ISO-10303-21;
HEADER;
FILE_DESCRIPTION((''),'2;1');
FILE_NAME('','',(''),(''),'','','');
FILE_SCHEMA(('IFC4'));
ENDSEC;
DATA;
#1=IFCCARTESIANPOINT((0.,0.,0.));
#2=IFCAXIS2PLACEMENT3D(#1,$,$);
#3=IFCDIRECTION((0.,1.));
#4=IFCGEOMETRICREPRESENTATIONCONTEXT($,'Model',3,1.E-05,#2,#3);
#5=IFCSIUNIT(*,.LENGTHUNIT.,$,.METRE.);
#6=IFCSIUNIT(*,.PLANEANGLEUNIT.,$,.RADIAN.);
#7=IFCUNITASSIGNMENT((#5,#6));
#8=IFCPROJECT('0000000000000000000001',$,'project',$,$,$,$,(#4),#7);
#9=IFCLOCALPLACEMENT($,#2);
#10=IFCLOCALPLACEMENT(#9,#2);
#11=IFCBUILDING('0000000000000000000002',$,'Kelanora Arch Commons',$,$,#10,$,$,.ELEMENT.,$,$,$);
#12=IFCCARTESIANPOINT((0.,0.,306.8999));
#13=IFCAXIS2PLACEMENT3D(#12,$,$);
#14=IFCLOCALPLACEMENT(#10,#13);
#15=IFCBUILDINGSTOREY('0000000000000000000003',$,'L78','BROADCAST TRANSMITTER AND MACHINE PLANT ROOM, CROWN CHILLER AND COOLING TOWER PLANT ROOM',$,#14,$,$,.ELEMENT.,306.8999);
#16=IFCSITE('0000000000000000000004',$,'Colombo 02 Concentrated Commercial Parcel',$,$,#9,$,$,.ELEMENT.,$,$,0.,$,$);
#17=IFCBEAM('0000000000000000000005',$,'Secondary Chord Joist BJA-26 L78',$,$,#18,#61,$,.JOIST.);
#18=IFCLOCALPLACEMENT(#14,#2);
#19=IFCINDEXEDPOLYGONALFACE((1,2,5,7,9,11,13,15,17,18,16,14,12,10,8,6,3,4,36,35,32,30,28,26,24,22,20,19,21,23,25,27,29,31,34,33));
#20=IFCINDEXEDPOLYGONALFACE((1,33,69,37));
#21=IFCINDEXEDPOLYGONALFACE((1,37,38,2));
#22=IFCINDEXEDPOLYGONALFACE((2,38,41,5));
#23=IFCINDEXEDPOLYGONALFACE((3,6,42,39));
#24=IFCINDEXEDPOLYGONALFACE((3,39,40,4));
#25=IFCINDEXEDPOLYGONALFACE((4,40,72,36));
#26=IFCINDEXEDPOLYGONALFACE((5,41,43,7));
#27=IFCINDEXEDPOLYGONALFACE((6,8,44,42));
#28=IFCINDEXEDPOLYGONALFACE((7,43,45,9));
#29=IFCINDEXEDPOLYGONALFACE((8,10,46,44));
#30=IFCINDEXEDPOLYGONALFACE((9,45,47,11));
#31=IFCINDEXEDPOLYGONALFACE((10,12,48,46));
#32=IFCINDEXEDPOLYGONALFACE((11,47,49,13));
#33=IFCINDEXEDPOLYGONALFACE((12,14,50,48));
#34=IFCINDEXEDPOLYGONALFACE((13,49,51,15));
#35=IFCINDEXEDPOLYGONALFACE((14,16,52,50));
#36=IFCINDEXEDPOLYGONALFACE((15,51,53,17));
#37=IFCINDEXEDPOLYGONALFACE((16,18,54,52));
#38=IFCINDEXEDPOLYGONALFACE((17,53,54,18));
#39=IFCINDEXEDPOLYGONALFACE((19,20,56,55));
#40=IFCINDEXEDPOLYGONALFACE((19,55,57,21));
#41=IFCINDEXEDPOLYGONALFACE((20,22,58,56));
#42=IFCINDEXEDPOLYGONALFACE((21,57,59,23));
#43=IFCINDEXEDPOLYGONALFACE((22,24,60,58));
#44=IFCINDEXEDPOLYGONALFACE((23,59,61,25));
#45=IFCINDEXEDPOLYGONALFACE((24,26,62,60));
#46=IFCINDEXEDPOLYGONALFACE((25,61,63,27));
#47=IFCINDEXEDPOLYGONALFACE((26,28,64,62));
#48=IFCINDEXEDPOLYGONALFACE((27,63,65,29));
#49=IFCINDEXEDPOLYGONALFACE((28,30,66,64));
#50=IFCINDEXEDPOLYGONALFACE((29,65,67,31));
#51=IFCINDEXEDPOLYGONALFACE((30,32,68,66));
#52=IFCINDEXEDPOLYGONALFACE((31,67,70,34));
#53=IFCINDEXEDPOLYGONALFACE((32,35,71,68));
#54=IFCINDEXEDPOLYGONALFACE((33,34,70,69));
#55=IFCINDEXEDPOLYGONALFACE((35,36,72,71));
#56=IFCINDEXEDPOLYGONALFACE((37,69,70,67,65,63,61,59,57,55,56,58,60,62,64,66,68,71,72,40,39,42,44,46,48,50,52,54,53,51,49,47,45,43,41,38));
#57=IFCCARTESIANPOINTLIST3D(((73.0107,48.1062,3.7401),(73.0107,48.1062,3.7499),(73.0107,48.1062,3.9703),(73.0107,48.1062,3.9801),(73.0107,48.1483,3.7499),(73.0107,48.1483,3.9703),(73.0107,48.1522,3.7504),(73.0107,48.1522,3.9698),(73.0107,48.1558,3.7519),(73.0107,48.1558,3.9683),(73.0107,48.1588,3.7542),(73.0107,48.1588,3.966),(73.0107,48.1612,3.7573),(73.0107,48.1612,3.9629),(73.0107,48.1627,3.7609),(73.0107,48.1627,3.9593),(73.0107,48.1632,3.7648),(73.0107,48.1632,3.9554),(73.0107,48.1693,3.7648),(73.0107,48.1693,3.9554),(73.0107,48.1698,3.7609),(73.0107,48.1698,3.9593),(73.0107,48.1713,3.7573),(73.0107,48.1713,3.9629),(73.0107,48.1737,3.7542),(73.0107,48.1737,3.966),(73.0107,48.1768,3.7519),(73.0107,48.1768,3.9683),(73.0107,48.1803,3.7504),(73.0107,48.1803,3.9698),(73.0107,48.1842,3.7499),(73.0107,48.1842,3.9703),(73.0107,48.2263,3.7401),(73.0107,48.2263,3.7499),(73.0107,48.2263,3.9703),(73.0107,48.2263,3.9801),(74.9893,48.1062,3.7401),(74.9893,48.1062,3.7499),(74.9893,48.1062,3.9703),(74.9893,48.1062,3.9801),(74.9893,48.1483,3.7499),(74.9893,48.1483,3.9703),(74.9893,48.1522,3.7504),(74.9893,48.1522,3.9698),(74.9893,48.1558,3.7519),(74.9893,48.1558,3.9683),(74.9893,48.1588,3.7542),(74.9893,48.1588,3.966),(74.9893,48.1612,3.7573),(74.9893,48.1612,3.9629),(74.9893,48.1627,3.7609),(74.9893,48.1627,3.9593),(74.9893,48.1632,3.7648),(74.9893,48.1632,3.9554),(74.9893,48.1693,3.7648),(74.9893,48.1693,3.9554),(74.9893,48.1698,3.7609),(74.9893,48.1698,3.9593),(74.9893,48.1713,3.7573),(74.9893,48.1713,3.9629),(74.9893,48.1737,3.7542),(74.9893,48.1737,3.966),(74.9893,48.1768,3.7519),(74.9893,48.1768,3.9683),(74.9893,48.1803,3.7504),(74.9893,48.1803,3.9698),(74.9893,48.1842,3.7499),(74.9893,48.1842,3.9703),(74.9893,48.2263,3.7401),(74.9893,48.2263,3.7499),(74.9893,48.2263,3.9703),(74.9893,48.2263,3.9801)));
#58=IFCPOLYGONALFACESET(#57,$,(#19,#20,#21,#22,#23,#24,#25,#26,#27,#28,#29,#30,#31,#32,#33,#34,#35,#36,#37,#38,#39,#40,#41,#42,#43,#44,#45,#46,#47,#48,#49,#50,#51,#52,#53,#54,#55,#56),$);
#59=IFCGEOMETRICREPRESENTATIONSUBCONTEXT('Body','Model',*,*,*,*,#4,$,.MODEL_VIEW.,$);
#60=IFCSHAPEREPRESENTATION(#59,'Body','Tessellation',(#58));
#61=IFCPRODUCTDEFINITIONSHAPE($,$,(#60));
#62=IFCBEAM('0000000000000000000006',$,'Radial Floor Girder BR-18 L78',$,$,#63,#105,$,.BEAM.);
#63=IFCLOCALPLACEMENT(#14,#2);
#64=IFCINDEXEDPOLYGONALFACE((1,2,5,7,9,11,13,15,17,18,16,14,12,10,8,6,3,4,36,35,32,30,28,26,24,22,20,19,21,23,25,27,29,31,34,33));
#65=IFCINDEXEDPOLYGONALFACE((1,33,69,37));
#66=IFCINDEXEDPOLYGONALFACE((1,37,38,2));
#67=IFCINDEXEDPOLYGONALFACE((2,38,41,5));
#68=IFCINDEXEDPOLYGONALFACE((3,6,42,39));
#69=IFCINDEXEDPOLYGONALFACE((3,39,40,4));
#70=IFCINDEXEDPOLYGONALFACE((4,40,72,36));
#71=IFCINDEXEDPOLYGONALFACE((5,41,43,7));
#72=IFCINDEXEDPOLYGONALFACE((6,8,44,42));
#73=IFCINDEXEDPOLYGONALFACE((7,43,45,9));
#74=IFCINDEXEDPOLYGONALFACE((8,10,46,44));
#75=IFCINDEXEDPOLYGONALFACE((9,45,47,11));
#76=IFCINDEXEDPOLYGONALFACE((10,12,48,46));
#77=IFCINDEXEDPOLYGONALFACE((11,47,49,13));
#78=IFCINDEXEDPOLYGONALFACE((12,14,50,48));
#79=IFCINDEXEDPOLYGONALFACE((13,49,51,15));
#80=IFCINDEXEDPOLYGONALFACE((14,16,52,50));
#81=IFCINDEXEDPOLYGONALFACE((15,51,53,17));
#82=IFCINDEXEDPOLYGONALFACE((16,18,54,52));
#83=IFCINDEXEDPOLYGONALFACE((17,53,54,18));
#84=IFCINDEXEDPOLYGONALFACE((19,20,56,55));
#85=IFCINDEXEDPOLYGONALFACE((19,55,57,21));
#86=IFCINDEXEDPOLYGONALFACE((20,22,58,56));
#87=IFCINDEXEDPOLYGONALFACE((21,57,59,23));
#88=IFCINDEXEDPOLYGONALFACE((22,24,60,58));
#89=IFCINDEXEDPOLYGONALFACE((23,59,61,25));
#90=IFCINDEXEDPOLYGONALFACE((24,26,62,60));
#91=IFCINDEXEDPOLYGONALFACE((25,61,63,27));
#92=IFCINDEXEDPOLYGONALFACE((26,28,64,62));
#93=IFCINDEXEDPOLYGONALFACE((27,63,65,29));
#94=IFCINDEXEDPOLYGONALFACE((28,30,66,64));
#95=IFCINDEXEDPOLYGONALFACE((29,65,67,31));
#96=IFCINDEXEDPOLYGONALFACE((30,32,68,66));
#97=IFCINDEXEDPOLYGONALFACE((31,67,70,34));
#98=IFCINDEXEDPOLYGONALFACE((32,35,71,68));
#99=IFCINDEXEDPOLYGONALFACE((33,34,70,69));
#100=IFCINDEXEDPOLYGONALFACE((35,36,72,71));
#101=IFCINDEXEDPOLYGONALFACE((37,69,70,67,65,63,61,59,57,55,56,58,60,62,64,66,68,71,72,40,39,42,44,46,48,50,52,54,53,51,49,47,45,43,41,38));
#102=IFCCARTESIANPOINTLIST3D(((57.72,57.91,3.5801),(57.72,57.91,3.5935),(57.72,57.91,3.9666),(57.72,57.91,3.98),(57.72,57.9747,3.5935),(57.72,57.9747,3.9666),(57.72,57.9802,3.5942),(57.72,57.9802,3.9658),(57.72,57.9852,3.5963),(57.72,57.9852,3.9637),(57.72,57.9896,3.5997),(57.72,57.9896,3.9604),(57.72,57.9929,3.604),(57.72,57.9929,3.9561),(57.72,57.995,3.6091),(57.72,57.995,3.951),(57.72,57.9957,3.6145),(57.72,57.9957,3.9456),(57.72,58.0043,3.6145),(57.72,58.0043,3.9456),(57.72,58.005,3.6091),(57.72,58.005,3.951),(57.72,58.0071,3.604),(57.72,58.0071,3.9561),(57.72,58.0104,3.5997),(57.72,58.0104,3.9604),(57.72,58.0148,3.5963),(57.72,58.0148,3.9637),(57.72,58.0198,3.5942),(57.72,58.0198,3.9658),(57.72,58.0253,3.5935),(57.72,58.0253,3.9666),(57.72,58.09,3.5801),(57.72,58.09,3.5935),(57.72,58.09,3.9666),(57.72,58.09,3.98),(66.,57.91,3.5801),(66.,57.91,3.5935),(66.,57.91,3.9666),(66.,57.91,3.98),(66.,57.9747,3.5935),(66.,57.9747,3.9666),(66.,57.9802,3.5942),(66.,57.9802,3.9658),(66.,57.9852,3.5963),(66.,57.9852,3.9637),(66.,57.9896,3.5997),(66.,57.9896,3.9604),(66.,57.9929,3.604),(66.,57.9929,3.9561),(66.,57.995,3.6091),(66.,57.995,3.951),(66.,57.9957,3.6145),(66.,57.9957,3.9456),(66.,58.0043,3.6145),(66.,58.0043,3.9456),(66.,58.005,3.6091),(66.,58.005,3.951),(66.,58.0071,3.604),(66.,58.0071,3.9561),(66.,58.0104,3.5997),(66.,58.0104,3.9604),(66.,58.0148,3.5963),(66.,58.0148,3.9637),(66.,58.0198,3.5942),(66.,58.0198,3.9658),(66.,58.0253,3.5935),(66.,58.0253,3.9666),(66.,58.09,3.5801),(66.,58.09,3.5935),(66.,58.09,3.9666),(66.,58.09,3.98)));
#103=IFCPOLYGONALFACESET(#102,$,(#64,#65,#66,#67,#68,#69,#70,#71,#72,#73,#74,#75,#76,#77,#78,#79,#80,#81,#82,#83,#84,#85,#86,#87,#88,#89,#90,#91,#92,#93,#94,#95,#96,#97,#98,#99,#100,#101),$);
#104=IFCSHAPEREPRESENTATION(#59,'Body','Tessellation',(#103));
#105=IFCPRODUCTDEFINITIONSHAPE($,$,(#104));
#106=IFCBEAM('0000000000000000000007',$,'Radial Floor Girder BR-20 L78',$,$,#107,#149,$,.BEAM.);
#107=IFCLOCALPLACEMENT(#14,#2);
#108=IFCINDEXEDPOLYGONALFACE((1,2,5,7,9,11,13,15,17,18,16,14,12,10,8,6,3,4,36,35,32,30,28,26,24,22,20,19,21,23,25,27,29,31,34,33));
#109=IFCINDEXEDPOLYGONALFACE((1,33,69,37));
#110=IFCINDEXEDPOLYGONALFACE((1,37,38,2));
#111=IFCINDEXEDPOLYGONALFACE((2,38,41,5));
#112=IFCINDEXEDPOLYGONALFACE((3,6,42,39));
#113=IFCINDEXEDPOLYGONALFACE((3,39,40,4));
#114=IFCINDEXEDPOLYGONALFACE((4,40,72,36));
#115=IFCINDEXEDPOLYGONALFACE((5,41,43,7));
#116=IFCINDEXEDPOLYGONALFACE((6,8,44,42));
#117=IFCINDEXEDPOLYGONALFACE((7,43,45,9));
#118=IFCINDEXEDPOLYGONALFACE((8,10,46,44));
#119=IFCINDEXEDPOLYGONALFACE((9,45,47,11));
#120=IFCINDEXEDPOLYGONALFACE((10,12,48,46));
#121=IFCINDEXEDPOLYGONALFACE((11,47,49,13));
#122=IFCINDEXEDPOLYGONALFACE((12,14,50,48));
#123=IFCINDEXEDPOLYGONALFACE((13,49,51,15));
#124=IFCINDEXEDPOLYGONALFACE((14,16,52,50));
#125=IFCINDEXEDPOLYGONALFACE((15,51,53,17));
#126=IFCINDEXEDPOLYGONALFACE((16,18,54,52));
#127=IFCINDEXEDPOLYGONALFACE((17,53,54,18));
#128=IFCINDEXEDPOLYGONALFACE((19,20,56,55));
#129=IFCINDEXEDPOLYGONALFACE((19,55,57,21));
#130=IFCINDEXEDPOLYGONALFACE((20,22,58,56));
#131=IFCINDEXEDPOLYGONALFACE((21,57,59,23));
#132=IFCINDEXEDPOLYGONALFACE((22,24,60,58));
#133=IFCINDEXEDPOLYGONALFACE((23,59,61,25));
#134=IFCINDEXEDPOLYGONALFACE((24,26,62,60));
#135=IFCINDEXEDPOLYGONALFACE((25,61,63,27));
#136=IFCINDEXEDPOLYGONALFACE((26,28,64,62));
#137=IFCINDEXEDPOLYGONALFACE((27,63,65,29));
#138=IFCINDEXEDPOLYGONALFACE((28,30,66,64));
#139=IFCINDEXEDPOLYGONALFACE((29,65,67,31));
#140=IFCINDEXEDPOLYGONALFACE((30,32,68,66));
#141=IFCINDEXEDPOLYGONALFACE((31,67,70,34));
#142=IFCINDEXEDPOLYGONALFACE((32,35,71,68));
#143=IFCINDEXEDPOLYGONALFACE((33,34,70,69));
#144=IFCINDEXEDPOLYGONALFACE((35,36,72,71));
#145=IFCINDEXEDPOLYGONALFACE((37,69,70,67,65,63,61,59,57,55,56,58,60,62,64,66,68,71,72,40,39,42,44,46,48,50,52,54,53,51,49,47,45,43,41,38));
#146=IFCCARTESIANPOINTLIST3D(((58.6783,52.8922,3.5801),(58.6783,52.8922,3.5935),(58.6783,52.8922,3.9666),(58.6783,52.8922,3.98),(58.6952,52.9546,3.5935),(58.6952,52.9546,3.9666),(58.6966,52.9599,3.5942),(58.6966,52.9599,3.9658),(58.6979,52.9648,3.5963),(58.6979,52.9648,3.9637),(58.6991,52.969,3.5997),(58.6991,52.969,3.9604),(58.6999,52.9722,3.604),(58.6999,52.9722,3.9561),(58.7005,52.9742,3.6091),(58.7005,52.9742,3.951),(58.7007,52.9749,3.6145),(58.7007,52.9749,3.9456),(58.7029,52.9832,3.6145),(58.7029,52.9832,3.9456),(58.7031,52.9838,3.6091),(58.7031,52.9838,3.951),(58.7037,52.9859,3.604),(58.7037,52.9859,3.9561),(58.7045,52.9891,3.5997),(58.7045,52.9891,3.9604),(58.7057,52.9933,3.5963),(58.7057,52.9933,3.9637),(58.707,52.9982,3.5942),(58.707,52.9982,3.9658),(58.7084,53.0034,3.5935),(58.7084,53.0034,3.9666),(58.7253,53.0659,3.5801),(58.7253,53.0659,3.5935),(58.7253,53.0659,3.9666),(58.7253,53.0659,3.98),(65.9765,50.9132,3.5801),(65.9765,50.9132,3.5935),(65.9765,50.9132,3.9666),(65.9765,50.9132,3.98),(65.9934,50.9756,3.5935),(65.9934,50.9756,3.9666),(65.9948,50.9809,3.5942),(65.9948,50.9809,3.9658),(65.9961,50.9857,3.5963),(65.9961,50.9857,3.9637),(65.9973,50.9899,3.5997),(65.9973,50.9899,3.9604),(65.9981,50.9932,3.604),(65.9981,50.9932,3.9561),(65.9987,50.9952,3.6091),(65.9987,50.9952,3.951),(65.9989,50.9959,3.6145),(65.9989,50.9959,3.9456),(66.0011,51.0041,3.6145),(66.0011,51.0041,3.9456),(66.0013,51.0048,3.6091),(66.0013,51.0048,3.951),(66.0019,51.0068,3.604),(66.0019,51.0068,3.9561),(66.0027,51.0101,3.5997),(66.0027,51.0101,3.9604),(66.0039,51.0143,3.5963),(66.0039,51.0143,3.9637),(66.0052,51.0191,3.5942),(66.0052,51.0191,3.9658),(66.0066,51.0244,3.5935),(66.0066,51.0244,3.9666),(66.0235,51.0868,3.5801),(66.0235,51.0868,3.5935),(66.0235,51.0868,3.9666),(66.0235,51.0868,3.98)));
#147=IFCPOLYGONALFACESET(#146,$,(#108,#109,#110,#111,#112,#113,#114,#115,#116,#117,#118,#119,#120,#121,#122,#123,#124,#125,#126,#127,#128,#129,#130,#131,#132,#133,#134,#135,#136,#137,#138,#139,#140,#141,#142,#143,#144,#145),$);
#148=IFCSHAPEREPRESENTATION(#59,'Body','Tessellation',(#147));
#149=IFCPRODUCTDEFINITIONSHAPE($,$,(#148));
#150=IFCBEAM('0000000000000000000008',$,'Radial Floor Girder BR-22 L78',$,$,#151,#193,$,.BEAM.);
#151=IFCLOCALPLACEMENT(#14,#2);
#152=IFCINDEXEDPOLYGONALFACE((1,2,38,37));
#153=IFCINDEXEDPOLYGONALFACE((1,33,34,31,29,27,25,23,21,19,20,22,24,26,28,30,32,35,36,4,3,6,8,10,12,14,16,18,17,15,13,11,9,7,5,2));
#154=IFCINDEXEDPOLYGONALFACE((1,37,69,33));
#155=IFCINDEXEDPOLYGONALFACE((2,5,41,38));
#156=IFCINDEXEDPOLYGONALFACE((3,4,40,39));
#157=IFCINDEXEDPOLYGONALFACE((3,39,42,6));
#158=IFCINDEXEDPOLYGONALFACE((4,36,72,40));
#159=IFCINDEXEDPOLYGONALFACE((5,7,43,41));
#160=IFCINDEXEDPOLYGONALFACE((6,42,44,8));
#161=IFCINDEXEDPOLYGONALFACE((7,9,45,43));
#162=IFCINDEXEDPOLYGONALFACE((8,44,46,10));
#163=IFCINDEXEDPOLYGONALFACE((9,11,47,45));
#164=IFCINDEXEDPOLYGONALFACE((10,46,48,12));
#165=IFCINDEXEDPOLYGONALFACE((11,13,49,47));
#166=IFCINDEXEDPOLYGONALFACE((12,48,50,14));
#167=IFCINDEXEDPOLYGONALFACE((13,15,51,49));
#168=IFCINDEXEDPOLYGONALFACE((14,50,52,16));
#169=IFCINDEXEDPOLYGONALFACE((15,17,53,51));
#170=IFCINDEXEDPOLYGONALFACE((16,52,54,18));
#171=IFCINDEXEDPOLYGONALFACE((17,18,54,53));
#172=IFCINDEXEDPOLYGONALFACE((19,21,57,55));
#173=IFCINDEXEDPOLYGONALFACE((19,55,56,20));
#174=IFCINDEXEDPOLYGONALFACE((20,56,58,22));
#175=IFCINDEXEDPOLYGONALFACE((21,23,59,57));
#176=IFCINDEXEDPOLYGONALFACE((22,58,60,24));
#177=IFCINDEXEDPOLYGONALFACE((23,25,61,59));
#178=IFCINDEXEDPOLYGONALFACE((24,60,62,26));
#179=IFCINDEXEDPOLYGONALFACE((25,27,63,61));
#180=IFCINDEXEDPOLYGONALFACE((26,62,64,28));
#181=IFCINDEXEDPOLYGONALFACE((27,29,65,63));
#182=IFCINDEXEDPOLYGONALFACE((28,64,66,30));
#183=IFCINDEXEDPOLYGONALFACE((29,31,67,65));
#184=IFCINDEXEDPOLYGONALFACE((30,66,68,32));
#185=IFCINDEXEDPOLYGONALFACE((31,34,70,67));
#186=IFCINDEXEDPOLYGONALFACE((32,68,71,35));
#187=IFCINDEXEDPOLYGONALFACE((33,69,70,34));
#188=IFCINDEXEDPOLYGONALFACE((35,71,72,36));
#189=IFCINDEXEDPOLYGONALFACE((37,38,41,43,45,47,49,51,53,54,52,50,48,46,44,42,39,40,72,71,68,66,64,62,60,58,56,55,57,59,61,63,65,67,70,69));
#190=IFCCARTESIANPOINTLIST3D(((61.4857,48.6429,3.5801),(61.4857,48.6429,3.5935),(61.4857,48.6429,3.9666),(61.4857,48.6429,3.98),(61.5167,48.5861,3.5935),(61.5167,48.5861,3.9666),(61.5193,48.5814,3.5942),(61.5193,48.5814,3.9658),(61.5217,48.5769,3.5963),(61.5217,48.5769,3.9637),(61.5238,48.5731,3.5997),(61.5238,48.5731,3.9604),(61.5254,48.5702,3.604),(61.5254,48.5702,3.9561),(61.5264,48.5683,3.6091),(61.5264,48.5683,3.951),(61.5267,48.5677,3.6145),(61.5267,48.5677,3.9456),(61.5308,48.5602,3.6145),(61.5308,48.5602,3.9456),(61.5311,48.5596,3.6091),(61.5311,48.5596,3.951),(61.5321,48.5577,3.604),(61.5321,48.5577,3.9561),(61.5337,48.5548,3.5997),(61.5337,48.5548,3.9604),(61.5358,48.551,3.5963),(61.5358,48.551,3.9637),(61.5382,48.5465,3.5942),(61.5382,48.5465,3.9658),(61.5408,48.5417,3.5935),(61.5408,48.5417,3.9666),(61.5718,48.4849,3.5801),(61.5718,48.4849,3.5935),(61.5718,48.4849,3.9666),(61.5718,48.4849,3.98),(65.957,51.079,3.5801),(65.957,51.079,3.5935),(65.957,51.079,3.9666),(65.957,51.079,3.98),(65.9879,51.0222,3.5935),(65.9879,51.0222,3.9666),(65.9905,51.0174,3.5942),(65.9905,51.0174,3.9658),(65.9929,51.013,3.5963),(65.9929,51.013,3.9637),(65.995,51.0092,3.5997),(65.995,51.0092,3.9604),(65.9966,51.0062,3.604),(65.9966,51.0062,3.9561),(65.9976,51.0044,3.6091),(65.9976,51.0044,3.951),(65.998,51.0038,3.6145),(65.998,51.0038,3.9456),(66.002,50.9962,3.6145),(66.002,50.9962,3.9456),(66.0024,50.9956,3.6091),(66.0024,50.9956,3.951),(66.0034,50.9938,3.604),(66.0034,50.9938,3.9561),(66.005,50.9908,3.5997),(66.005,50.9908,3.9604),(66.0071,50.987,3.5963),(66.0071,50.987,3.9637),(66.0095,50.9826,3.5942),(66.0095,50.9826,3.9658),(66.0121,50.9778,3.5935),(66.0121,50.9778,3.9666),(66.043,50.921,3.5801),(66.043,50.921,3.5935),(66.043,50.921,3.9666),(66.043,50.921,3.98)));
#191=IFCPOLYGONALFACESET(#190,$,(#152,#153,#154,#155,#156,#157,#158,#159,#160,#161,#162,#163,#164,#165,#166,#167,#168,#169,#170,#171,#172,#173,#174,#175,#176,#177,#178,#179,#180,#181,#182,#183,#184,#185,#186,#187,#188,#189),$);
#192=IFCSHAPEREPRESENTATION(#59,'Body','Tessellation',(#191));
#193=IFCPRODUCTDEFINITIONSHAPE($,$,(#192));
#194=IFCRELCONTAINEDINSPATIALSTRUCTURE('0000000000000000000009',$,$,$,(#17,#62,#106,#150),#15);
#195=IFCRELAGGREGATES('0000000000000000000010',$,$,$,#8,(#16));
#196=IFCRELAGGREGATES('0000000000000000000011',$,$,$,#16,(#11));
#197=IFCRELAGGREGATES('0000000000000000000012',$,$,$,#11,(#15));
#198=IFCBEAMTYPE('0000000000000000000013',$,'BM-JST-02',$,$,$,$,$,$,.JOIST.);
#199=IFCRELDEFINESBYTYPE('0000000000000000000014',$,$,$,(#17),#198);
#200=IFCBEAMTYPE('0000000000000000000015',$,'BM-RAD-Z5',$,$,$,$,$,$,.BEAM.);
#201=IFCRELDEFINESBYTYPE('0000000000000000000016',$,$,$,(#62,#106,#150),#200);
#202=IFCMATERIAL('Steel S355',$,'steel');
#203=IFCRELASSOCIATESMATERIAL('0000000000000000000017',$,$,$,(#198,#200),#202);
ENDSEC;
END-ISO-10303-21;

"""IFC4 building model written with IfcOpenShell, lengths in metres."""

from ifc_helpers import new_model, si_unit, direction, frame, origin, origin_2d, place, context, subcontext, project, spatial, i_section, extrude, material, material_profile, profile_set, type_object, element, save


model = new_model("IFC4")

# Units and contexts
model_context = context("Model", 3, precision=1e-05, world=origin(), true_north=direction((0.0, 1.0)))
body_context = subcontext(model_context, "Body", "Model", "MODEL_VIEW")
ifc_project = project(units=[si_unit("LENGTHUNIT", "METRE"), si_unit("PLANEANGLEUNIT", "RADIAN")], contexts=[model_context])

# Site, building, storey
site_placement = place(None, origin())
site = spatial("IfcSite", under=ifc_project, at=site_placement, Name="Colombo 02 Concentrated Commercial Parcel", CompositionType="ELEMENT", RefElevation=0.0)
building_placement = place(site_placement, origin())
building = spatial("IfcBuilding", under=site, at=building_placement, Name="Kelanora Arch Commons", CompositionType="ELEMENT")
storey_placement = place(building_placement, frame((0.0, 0.0, 306.8999)))
storey = spatial("IfcBuildingStorey", under=building, at=storey_placement, Name="L78", Description="BROADCAST TRANSMITTER AND MACHINE PLANT ROOM, CROWN CHILLER AND COOLING TOWER PLANT ROOM", CompositionType="ELEMENT", Elevation=306.8999)

# Beams
ifc_material_1 = material(Name="Steel S355", Category="steel")
ifc_material_profile_1 = material_profile(ifc_material_1, i_section(OverallWidth=0.1201, OverallDepth=0.24, WebThickness=0.0061, FlangeThickness=0.0098, FilletRadius=0.0149, at=origin_2d()), Name="IPE240")
ifc_profile_set_1 = profile_set([ifc_material_profile_1], Name="Steel S355")
beam_type_1 = type_object("IfcBeamType", Name="BM-JST-02", PredefinedType="JOIST", material=ifc_profile_set_1)
beam_1_placement = place(storey_placement, frame((73.0107, 48.1663, 3.8601), z_axis=(1.0, 0.0, 0.0), x_axis=(0.0, 1.0, 0.0)))
element("IfcBeam", 1, at=beam_1_placement, inside=storey, type_object=beam_type_1, Name="Secondary Chord Joist BJA-26 L78", PredefinedType="JOIST", context=body_context, shape_type="SweptSolid", body=[
    extrude(i_section(OverallWidth=0.1201, OverallDepth=0.24, WebThickness=0.0061, FlangeThickness=0.0098, FilletRadius=0.0149, at=origin_2d()), origin(), (0.0, 0.0, 1.0), 1.9785),
])
ifc_material_profile_2 = material_profile(ifc_material_1, i_section(OverallWidth=0.1799, OverallDepth=0.3999, WebThickness=0.0085, FlangeThickness=0.0134, FilletRadius=0.021, at=origin_2d()), Name="IPE400")
ifc_profile_set_2 = profile_set([ifc_material_profile_2], Name="Steel S355")
beam_type_2 = type_object("IfcBeamType", Name="BM-RAD-Z5", PredefinedType="BEAM", material=ifc_profile_set_2)
beam_2_placement = place(storey_placement, frame((66.0, 58.0, 3.78), z_axis=(-1.0, 0.0, 0.0), x_axis=(0.0, -1.0, 0.0)))
element("IfcBeam", 2, at=beam_2_placement, inside=storey, type_object=beam_type_2, Name="Radial Floor Girder BR-18 L78", PredefinedType="BEAM", context=body_context, shape_type="SweptSolid", body=[
    extrude(i_section(OverallWidth=0.1799, OverallDepth=0.3999, WebThickness=0.0085, FlangeThickness=0.0134, FilletRadius=0.021, at=origin_2d()), origin(), (0.0, 0.0, 1.0), 8.28),
])
beam_3_placement = place(storey_placement, frame((66.0, 51.0, 3.78), z_axis=(-0.965145, 0.261716, 0.0), x_axis=(-0.261716, -0.965145, 0.0)))
element("IfcBeam", 3, at=beam_3_placement, inside=storey, type_object=beam_type_2, Name="Radial Floor Girder BR-20 L78", PredefinedType="BEAM", context=body_context, shape_type="SweptSolid", body=[
    extrude(i_section(OverallWidth=0.1799, OverallDepth=0.3999, WebThickness=0.0085, FlangeThickness=0.0134, FilletRadius=0.021, at=origin_2d()), origin(), (0.0, 0.0, 1.0), 7.5618),
])
beam_4_placement = place(storey_placement, frame((66.0, 51.0, 3.78), z_axis=(-0.878126, -0.478429, 0.0), x_axis=(0.478429, -0.878126, 0.0)))
element("IfcBeam", 4, at=beam_4_placement, inside=storey, type_object=beam_type_2, Name="Radial Floor Girder BR-22 L78", PredefinedType="BEAM", context=body_context, shape_type="SweptSolid", body=[
    extrude(i_section(OverallWidth=0.1799, OverallDepth=0.3999, WebThickness=0.0085, FlangeThickness=0.0134, FilletRadius=0.021, at=origin_2d()), origin(), (0.0, 0.0, 1.0), 5.0918),
])

save(model, "model.ifc")
